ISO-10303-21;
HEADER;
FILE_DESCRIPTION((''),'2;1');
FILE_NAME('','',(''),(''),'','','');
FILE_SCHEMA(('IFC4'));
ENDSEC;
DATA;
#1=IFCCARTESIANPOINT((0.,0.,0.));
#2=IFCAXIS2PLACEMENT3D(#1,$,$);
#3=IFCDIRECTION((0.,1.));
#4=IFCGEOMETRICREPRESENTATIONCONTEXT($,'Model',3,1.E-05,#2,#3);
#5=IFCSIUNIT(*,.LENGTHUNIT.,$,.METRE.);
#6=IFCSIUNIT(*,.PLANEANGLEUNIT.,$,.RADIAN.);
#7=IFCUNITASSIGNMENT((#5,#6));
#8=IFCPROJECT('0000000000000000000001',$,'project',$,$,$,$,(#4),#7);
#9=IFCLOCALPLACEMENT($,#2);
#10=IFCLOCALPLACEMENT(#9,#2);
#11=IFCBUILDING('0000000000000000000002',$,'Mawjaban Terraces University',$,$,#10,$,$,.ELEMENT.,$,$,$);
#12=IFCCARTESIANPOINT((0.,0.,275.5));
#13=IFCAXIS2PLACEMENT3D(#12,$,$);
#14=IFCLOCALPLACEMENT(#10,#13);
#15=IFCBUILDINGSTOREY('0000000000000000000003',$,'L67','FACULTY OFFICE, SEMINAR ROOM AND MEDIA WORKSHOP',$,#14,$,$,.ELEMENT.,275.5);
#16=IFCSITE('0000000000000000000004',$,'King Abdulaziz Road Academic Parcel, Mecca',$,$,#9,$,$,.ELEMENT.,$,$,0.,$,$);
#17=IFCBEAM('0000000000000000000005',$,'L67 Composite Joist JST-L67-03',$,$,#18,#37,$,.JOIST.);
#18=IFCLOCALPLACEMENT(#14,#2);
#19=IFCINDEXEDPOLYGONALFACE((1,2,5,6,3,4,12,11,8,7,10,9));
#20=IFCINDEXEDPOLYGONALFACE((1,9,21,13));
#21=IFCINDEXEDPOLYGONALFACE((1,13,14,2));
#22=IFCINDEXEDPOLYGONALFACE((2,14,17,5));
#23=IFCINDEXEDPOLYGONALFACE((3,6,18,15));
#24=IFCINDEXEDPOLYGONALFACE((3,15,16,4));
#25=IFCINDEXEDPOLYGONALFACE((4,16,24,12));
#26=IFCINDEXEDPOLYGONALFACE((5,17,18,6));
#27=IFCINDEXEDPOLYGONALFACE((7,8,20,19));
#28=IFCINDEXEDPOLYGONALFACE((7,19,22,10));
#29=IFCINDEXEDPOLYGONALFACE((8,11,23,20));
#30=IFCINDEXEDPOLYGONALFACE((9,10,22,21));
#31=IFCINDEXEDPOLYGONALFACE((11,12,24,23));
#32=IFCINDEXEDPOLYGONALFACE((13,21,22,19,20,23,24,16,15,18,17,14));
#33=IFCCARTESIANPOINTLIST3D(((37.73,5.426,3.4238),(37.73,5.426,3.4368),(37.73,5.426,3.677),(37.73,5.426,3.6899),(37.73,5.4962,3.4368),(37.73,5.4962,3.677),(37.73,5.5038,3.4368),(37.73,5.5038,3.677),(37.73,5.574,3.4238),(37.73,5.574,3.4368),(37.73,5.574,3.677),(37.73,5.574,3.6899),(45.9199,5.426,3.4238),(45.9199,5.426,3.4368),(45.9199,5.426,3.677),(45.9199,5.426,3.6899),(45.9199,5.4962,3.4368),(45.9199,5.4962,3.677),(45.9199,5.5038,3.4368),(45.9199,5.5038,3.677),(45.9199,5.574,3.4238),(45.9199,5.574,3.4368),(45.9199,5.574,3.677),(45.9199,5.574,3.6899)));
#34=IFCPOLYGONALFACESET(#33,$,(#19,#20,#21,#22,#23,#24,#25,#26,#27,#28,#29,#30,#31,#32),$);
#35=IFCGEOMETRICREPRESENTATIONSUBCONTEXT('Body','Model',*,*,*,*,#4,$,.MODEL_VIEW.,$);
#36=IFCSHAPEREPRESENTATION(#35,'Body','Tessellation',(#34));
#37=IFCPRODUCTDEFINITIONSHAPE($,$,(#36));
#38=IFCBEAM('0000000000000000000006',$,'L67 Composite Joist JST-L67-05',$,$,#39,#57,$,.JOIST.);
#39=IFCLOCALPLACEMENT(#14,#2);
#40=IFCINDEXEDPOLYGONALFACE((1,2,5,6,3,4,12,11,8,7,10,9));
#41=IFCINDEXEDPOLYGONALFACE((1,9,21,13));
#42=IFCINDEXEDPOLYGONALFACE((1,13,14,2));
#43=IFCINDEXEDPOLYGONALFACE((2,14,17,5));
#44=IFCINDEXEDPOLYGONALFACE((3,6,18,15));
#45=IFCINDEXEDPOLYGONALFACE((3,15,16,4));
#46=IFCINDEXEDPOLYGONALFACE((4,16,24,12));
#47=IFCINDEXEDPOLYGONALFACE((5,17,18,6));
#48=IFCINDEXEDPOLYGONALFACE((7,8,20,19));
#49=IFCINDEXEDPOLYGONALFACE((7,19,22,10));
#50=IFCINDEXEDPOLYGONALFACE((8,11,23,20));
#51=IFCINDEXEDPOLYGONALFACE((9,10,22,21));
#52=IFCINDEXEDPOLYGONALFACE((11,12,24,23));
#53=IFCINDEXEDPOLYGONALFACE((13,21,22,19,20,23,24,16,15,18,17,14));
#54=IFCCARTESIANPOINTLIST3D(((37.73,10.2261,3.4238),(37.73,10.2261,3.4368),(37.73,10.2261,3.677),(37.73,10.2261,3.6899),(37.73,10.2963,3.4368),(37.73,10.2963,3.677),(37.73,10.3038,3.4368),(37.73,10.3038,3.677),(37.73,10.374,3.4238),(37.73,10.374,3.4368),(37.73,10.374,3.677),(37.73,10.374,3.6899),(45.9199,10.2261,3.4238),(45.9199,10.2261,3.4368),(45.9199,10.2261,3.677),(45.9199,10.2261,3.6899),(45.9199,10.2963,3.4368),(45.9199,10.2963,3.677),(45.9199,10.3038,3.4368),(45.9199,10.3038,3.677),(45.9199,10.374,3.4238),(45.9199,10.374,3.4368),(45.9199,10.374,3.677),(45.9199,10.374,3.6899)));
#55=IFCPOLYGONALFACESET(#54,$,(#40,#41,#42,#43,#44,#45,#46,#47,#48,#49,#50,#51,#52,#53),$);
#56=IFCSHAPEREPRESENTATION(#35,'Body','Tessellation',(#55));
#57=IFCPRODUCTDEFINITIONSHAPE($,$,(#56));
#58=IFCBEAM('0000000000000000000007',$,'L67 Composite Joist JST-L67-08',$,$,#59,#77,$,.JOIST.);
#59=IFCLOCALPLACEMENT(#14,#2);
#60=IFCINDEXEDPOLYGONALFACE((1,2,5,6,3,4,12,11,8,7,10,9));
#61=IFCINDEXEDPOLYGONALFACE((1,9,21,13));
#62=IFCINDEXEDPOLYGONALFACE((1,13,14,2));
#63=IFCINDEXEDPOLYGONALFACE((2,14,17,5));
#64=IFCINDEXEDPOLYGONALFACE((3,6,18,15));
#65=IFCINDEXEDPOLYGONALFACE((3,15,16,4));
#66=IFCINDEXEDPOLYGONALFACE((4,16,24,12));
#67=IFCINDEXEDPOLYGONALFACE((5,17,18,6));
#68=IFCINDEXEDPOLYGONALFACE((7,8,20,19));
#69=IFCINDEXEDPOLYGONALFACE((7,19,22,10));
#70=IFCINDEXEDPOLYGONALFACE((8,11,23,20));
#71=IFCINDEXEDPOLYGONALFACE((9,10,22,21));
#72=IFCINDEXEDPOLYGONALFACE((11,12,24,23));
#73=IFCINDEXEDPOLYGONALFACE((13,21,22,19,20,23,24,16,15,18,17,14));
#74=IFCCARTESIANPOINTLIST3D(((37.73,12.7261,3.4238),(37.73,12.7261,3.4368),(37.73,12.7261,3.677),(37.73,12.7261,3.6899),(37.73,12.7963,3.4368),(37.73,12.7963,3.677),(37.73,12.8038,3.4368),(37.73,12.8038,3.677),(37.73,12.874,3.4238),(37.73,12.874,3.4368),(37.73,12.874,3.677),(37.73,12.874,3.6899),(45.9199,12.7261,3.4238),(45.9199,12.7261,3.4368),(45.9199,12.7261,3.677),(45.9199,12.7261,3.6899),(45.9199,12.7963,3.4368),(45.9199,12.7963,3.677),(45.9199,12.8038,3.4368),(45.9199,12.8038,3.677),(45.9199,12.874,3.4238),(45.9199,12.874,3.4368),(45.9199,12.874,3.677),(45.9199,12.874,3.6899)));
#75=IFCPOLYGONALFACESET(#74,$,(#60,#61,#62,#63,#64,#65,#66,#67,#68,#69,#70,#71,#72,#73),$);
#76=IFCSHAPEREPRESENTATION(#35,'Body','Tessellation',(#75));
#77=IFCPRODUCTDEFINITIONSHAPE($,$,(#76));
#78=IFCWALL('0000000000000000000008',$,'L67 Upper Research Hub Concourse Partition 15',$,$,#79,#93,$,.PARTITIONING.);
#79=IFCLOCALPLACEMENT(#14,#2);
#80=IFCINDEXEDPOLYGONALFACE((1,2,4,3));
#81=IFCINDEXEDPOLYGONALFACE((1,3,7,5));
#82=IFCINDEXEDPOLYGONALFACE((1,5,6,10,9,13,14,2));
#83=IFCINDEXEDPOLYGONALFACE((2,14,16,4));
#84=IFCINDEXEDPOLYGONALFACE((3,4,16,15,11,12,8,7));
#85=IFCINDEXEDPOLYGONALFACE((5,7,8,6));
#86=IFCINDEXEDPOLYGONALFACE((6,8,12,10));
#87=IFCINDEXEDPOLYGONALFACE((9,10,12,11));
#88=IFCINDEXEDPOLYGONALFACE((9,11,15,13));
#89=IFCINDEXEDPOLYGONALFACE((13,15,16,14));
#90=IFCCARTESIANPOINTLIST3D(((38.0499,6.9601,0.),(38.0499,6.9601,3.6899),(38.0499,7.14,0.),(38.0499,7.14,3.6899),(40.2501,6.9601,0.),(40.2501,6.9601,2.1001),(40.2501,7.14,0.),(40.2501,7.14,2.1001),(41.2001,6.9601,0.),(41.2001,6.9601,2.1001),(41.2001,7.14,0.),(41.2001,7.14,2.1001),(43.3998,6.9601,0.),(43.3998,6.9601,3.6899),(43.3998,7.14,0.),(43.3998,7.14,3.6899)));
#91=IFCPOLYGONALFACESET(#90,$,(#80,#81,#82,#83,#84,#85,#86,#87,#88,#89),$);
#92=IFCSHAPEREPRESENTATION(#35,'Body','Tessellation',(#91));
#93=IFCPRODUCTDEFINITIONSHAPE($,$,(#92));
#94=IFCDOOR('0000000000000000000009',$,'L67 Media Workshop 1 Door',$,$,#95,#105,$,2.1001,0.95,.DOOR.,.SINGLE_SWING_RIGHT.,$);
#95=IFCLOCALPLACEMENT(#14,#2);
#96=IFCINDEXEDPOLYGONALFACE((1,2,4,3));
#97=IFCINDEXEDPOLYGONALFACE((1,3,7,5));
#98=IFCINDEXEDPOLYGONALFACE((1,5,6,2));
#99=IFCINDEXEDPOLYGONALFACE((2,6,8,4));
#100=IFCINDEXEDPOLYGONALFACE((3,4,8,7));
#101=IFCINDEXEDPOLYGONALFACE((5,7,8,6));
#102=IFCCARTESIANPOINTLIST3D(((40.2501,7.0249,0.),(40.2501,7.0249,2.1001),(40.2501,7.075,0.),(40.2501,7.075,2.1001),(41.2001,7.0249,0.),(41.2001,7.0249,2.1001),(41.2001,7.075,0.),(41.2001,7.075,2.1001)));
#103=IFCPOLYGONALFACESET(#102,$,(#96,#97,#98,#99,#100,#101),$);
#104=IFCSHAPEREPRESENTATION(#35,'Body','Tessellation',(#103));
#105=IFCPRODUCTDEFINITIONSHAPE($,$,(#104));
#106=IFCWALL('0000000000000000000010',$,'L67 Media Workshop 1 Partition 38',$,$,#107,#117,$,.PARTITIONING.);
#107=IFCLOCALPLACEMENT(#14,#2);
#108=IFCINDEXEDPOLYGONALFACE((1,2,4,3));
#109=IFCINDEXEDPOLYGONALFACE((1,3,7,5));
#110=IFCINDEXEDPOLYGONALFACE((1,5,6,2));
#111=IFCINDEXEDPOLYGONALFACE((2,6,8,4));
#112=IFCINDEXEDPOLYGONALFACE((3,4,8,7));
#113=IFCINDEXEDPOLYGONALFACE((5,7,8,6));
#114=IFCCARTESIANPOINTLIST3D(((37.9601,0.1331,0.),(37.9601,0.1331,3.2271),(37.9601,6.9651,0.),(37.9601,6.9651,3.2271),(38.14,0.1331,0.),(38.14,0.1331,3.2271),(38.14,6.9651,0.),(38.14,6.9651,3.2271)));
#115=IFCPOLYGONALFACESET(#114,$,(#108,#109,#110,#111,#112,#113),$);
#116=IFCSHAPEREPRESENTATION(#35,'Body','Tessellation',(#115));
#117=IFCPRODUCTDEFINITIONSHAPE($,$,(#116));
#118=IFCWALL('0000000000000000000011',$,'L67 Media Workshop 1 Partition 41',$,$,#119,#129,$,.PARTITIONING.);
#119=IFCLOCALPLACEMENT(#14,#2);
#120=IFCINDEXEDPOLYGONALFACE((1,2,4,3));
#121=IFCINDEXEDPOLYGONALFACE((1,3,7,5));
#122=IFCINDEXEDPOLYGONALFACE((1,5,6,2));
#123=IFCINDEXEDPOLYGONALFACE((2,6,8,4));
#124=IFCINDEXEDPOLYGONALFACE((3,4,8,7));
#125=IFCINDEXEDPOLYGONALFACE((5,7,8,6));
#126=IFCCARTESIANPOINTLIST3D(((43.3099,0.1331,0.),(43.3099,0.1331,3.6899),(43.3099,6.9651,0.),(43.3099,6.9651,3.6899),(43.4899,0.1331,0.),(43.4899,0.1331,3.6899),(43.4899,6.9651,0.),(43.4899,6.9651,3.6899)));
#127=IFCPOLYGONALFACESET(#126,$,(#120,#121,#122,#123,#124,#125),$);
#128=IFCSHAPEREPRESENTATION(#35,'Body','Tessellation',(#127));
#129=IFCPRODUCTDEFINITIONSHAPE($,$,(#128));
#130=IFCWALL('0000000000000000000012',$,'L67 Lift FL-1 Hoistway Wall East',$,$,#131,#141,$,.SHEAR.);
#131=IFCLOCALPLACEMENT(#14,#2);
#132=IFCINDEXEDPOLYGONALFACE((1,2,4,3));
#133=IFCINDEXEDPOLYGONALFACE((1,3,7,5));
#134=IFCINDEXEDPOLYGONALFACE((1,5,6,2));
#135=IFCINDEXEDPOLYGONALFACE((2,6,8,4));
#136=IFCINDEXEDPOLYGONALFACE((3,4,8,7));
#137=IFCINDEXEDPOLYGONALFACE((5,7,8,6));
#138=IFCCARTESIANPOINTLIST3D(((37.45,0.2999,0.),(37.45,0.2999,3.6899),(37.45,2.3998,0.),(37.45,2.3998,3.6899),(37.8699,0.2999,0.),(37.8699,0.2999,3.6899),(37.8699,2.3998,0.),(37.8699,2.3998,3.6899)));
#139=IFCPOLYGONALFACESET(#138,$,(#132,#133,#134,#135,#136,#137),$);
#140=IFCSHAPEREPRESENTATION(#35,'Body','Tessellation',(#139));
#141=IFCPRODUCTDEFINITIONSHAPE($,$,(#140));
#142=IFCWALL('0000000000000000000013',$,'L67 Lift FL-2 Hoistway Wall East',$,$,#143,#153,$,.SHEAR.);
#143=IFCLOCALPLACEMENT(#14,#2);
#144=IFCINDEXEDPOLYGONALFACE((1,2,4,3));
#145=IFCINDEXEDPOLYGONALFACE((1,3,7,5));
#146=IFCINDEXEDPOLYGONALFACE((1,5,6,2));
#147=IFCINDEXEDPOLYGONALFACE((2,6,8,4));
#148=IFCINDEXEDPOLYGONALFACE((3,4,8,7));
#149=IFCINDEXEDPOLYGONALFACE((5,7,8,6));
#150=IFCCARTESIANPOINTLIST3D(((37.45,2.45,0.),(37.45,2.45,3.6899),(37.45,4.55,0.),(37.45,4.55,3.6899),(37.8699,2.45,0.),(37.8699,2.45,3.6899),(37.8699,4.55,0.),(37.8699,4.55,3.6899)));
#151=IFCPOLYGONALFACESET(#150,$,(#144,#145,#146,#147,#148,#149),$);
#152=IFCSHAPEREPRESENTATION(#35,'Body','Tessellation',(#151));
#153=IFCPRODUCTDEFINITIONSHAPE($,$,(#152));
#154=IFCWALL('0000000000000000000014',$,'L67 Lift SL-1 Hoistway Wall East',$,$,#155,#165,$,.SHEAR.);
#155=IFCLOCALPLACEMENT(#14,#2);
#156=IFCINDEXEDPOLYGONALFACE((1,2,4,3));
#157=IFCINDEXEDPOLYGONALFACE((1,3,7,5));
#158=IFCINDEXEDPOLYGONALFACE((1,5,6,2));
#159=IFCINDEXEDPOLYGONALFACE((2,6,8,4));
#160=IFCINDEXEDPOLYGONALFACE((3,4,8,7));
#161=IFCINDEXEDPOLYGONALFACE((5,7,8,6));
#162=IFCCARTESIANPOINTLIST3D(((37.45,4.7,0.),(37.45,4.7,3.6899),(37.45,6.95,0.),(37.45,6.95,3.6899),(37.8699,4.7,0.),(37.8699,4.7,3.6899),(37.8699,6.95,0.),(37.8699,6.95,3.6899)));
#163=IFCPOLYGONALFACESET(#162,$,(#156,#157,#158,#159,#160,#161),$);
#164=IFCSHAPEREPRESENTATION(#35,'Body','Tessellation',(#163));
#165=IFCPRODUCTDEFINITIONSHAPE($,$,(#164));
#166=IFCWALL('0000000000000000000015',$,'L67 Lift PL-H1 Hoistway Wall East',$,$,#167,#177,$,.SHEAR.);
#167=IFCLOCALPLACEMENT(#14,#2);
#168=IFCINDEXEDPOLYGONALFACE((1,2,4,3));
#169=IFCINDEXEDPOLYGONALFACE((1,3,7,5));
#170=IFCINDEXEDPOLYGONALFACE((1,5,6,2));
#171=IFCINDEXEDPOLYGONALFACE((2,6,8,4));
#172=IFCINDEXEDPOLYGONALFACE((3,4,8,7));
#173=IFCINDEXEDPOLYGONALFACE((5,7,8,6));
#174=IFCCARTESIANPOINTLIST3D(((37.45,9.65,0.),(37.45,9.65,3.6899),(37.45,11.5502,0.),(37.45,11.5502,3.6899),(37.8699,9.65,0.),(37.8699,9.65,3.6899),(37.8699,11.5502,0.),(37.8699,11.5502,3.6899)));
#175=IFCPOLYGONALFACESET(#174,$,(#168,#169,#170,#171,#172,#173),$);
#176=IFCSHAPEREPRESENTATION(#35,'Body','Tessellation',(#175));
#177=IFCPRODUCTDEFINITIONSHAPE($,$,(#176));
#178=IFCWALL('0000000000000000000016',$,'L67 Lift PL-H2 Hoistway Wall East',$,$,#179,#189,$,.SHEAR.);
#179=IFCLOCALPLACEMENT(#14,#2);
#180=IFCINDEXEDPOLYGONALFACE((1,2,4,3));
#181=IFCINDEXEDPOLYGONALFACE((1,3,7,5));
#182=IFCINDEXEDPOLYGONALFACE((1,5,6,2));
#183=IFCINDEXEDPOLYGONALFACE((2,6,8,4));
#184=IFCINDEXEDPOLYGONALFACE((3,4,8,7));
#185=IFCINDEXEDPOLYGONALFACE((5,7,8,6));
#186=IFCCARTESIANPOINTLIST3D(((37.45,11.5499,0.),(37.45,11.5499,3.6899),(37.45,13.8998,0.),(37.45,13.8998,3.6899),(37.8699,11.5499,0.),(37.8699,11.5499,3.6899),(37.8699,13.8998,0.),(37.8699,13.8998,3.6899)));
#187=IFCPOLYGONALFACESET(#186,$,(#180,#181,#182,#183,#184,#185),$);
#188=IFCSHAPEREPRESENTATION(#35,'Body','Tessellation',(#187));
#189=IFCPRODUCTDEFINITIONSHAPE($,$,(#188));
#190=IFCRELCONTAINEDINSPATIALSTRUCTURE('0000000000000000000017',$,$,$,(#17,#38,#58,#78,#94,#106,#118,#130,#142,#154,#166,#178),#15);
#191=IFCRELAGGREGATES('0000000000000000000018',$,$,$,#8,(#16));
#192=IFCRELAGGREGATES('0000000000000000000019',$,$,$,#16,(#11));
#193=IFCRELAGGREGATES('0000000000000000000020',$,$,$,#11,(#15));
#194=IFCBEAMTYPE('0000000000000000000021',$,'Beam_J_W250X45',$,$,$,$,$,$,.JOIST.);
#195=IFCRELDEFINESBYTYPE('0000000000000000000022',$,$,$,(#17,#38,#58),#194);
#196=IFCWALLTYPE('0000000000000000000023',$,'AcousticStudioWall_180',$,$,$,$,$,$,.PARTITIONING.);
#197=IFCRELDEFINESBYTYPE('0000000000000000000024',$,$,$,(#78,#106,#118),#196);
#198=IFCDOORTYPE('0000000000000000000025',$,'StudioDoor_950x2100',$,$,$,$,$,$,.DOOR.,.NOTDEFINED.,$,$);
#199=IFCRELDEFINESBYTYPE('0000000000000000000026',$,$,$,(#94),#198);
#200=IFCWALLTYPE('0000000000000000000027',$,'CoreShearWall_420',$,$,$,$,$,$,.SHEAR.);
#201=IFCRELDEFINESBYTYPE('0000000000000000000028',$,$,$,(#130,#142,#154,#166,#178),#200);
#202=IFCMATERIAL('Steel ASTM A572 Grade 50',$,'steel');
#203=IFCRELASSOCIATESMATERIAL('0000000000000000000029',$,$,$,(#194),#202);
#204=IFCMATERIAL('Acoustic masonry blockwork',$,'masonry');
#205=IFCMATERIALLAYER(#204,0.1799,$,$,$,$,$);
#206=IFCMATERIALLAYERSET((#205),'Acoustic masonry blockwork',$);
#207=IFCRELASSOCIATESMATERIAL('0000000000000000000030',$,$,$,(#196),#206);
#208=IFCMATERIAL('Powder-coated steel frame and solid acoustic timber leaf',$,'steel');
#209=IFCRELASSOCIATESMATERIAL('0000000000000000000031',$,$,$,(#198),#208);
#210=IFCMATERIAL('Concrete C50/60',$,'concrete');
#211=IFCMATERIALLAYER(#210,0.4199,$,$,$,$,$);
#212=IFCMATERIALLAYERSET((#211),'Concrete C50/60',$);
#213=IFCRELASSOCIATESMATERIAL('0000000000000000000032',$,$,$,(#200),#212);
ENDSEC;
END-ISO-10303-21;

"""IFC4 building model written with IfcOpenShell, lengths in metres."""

from ifc_helpers import new_model, si_unit, direction, frame, frame_2d, origin, origin_2d, place, context, subcontext, project, spatial, rectangle, i_section, extrude, material, layer, layer_set, material_profile, profile_set, type_object, element, fill, save


model = new_model("IFC4")

# Units and contexts
model_context = context("Model", 3, precision=1e-05, world=origin(), true_north=direction((0.0, 1.0)))
body_context = subcontext(model_context, "Body", "Model", "MODEL_VIEW")
ifc_project = project(units=[si_unit("LENGTHUNIT", "METRE"), si_unit("PLANEANGLEUNIT", "RADIAN")], contexts=[model_context])

# Site, building, storey
site_placement = place(None, origin())
site = spatial("IfcSite", under=ifc_project, at=site_placement, Name="King Abdulaziz Road Academic Parcel, Mecca", CompositionType="ELEMENT", RefElevation=0.0)
building_placement = place(site_placement, origin())
building = spatial("IfcBuilding", under=site, at=building_placement, Name="Mawjaban Terraces University", CompositionType="ELEMENT")
storey_placement = place(building_placement, frame((0.0, 0.0, 275.5)))
storey = spatial("IfcBuildingStorey", under=building, at=storey_placement, Name="L67", Description="FACULTY OFFICE, SEMINAR ROOM AND MEDIA WORKSHOP", CompositionType="ELEMENT", Elevation=275.5)

# Shared definitions
ifc_material_1 = material(Name="Concrete C50/60", Category="concrete")

# Beams
ifc_material_2 = material(Name="Steel ASTM A572 Grade 50", Category="steel")
ifc_material_profile_1 = material_profile(ifc_material_2, i_section(OverallWidth=0.1479, OverallDepth=0.2661, WebThickness=0.0076, FlangeThickness=0.0129, at=origin_2d()), Name="W250X45")
ifc_profile_set_1 = profile_set([ifc_material_profile_1], Name="Steel ASTM A572 Grade 50")
beam_type_1 = type_object("IfcBeamType", Name="Beam_J_W250X45", PredefinedType="JOIST", material=ifc_profile_set_1)
for number, where, z_axis, x_axis, name in (
    (1, (37.73, 5.5, 3.5569), (1.0, 0.0, 0.0), (0.0, 1.0, 0.0), "L67 Composite Joist JST-L67-03"),
    (2, (37.73, 10.3, 3.5569), (1.0, 0.0, 0.0), (0.0, 1.0, 0.0), "L67 Composite Joist JST-L67-05"),
    (3, (37.73, 12.8, 3.5569), (1.0, 0.0, 0.0), (0.0, 1.0, 0.0), "L67 Composite Joist JST-L67-08"),
):
    element("IfcBeam", number, at=place(storey_placement, frame(where, z_axis=z_axis, x_axis=x_axis)), inside=storey, type_object=beam_type_1, Name=name, PredefinedType="JOIST", context=body_context, shape_type="SweptSolid", body=[
        extrude(i_section(OverallWidth=0.1479, OverallDepth=0.2661, WebThickness=0.0076, FlangeThickness=0.0129, at=origin_2d()), origin(), (0.0, 0.0, 1.0), 8.1899),
    ])

# Wall, opening, door
ifc_material_3 = material(Name="Acoustic masonry blockwork", Category="masonry")
ifc_layer_1 = layer(ifc_material_3, 0.1799)
ifc_layer_set_1 = layer_set([ifc_layer_1], Name="Acoustic masonry blockwork")
wall_type_1 = type_object("IfcWallType", Name="AcousticStudioWall_180", PredefinedType="PARTITIONING", material=ifc_layer_set_1)
wall_1_placement = place(storey_placement, frame((38.05, 7.05, 0.0), z_axis=(0.0, 0.0, 1.0), x_axis=(1.0, 0.0, 0.0)))
wall_1 = element("IfcWall", 4, at=wall_1_placement, inside=storey, type_object=wall_type_1, Name="L67 Upper Research Hub Concourse Partition 15", PredefinedType="PARTITIONING", context=body_context, shape_type="SweptSolid", body=[
    extrude(rectangle(XDim=5.3499, YDim=0.1799, at=frame_2d((2.6748, 0.0))), origin(), (0.0, 0.0, 1.0), 3.6899),
])
opening_1_placement = place(wall_1_placement, frame((2.2, 0.0, 0.0)))
opening_1 = element("IfcOpeningElement", 5, at=opening_1_placement, cuts=wall_1, PredefinedType="OPENING", context=body_context, shape_type="SweptSolid", body=[
    extrude(rectangle(XDim=0.95, YDim=2.1001, at=frame_2d((0.4751, 1.05))), frame((0.0, 0.0999, 0.0), z_axis=(0.0, -1.0, 0.0), x_axis=(1.0, 0.0, 0.0)), (0.0, 0.0, 1.0), 0.2),
])
ifc_material_4 = material(Name="Powder-coated steel frame and solid acoustic timber leaf", Category="steel")
door_type_1 = type_object("IfcDoorType", Name="StudioDoor_950x2100", OperationType="NOTDEFINED", PredefinedType="DOOR", material=ifc_material_4)
door_1_placement = place(opening_1_placement, origin())
door_1 = element("IfcDoor", 6, at=door_1_placement, inside=storey, type_object=door_type_1, Name="L67 Media Workshop 1 Door", OperationType="SINGLE_SWING_RIGHT", OverallHeight=2.1001, OverallWidth=0.95, PredefinedType="DOOR", context=body_context, shape_type="SweptSolid", body=[
    extrude(rectangle(XDim=0.95, YDim=2.1001, at=frame_2d((0.4751, 1.05))), frame((0.0, 0.0249, 0.0), z_axis=(0.0, -1.0, 0.0), x_axis=(1.0, 0.0, 0.0)), (0.0, 0.0, 1.0), 0.05),
])
fill(opening_1, door_1)

# Walls
wall_2_placement = place(storey_placement, frame((38.05, 6.9651, 0.0), z_axis=(0.0, 0.0, 1.0), x_axis=(0.0, -1.0, 0.0)))
element("IfcWall", 7, at=wall_2_placement, inside=storey, type_object=wall_type_1, Name="L67 Media Workshop 1 Partition 38", PredefinedType="PARTITIONING", context=body_context, shape_type="SweptSolid", body=[
    extrude(rectangle(XDim=6.832, YDim=0.1799, at=frame_2d((3.416, 0.0))), origin(), (0.0, 0.0, 1.0), 3.2271),
])
wall_3_placement = place(storey_placement, frame((43.3999, 0.1331, 0.0), z_axis=(0.0, 0.0, 1.0), x_axis=(0.0, 1.0, 0.0)))
element("IfcWall", 8, at=wall_3_placement, inside=storey, type_object=wall_type_1, Name="L67 Media Workshop 1 Partition 41", PredefinedType="PARTITIONING", context=body_context, shape_type="SweptSolid", body=[
    extrude(rectangle(XDim=6.832, YDim=0.1799, at=frame_2d((3.416, 0.0))), origin(), (0.0, 0.0, 1.0), 3.6899),
])
ifc_layer_2 = layer(ifc_material_1, 0.4199)
ifc_layer_set_2 = layer_set([ifc_layer_2], Name="Concrete C50/60")
wall_type_2 = type_object("IfcWallType", Name="CoreShearWall_420", PredefinedType="SHEAR", material=ifc_layer_set_2)
wall_4_placement = place(storey_placement, frame((37.6599, 0.3, 0.0), z_axis=(0.0, 0.0, 1.0), x_axis=(0.0, 1.0, 0.0)))
element("IfcWall", 9, at=wall_4_placement, inside=storey, type_object=wall_type_2, Name="L67 Lift FL-1 Hoistway Wall East", PredefinedType="SHEAR", context=body_context, shape_type="SweptSolid", body=[
    extrude(rectangle(XDim=2.0999, YDim=0.4199, at=frame_2d((1.0498, 0.0))), origin(), (0.0, 0.0, 1.0), 3.6899),
])
wall_5_placement = place(storey_placement, frame((37.6599, 2.45, 0.0), z_axis=(0.0, 0.0, 1.0), x_axis=(0.0, 1.0, 0.0)))
element("IfcWall", 10, at=wall_5_placement, inside=storey, type_object=wall_type_2, Name="L67 Lift FL-2 Hoistway Wall East", PredefinedType="SHEAR", context=body_context, shape_type="SweptSolid", body=[
    extrude(rectangle(XDim=2.1001, YDim=0.4199, at=frame_2d((1.05, 0.0))), origin(), (0.0, 0.0, 1.0), 3.6899),
])
wall_6_placement = place(storey_placement, frame((37.6599, 4.7, 0.0), z_axis=(0.0, 0.0, 1.0), x_axis=(0.0, 1.0, 0.0)))
element("IfcWall", 11, at=wall_6_placement, inside=storey, type_object=wall_type_2, Name="L67 Lift SL-1 Hoistway Wall East", PredefinedType="SHEAR", context=body_context, shape_type="SweptSolid", body=[
    extrude(rectangle(XDim=2.25, YDim=0.4199, at=frame_2d((1.125, 0.0))), origin(), (0.0, 0.0, 1.0), 3.6899),
])
wall_7_placement = place(storey_placement, frame((37.6599, 9.6499, 0.0), z_axis=(0.0, 0.0, 1.0), x_axis=(0.0, 1.0, 0.0)))
element("IfcWall", 12, at=wall_7_placement, inside=storey, type_object=wall_type_2, Name="L67 Lift PL-H1 Hoistway Wall East", PredefinedType="SHEAR", context=body_context, shape_type="SweptSolid", body=[
    extrude(rectangle(XDim=1.9001, YDim=0.4199, at=frame_2d((0.9502, 0.0))), origin(), (0.0, 0.0, 1.0), 3.6899),
])
wall_8_placement = place(storey_placement, frame((37.6599, 11.55, 0.0), z_axis=(0.0, 0.0, 1.0), x_axis=(0.0, 1.0, 0.0)))
element("IfcWall", 13, at=wall_8_placement, inside=storey, type_object=wall_type_2, Name="L67 Lift PL-H2 Hoistway Wall East", PredefinedType="SHEAR", context=body_context, shape_type="SweptSolid", body=[
    extrude(rectangle(XDim=2.3499, YDim=0.4199, at=frame_2d((1.1748, 0.0))), origin(), (0.0, 0.0, 1.0), 3.6899),
])

save(model, "model.ifc")
